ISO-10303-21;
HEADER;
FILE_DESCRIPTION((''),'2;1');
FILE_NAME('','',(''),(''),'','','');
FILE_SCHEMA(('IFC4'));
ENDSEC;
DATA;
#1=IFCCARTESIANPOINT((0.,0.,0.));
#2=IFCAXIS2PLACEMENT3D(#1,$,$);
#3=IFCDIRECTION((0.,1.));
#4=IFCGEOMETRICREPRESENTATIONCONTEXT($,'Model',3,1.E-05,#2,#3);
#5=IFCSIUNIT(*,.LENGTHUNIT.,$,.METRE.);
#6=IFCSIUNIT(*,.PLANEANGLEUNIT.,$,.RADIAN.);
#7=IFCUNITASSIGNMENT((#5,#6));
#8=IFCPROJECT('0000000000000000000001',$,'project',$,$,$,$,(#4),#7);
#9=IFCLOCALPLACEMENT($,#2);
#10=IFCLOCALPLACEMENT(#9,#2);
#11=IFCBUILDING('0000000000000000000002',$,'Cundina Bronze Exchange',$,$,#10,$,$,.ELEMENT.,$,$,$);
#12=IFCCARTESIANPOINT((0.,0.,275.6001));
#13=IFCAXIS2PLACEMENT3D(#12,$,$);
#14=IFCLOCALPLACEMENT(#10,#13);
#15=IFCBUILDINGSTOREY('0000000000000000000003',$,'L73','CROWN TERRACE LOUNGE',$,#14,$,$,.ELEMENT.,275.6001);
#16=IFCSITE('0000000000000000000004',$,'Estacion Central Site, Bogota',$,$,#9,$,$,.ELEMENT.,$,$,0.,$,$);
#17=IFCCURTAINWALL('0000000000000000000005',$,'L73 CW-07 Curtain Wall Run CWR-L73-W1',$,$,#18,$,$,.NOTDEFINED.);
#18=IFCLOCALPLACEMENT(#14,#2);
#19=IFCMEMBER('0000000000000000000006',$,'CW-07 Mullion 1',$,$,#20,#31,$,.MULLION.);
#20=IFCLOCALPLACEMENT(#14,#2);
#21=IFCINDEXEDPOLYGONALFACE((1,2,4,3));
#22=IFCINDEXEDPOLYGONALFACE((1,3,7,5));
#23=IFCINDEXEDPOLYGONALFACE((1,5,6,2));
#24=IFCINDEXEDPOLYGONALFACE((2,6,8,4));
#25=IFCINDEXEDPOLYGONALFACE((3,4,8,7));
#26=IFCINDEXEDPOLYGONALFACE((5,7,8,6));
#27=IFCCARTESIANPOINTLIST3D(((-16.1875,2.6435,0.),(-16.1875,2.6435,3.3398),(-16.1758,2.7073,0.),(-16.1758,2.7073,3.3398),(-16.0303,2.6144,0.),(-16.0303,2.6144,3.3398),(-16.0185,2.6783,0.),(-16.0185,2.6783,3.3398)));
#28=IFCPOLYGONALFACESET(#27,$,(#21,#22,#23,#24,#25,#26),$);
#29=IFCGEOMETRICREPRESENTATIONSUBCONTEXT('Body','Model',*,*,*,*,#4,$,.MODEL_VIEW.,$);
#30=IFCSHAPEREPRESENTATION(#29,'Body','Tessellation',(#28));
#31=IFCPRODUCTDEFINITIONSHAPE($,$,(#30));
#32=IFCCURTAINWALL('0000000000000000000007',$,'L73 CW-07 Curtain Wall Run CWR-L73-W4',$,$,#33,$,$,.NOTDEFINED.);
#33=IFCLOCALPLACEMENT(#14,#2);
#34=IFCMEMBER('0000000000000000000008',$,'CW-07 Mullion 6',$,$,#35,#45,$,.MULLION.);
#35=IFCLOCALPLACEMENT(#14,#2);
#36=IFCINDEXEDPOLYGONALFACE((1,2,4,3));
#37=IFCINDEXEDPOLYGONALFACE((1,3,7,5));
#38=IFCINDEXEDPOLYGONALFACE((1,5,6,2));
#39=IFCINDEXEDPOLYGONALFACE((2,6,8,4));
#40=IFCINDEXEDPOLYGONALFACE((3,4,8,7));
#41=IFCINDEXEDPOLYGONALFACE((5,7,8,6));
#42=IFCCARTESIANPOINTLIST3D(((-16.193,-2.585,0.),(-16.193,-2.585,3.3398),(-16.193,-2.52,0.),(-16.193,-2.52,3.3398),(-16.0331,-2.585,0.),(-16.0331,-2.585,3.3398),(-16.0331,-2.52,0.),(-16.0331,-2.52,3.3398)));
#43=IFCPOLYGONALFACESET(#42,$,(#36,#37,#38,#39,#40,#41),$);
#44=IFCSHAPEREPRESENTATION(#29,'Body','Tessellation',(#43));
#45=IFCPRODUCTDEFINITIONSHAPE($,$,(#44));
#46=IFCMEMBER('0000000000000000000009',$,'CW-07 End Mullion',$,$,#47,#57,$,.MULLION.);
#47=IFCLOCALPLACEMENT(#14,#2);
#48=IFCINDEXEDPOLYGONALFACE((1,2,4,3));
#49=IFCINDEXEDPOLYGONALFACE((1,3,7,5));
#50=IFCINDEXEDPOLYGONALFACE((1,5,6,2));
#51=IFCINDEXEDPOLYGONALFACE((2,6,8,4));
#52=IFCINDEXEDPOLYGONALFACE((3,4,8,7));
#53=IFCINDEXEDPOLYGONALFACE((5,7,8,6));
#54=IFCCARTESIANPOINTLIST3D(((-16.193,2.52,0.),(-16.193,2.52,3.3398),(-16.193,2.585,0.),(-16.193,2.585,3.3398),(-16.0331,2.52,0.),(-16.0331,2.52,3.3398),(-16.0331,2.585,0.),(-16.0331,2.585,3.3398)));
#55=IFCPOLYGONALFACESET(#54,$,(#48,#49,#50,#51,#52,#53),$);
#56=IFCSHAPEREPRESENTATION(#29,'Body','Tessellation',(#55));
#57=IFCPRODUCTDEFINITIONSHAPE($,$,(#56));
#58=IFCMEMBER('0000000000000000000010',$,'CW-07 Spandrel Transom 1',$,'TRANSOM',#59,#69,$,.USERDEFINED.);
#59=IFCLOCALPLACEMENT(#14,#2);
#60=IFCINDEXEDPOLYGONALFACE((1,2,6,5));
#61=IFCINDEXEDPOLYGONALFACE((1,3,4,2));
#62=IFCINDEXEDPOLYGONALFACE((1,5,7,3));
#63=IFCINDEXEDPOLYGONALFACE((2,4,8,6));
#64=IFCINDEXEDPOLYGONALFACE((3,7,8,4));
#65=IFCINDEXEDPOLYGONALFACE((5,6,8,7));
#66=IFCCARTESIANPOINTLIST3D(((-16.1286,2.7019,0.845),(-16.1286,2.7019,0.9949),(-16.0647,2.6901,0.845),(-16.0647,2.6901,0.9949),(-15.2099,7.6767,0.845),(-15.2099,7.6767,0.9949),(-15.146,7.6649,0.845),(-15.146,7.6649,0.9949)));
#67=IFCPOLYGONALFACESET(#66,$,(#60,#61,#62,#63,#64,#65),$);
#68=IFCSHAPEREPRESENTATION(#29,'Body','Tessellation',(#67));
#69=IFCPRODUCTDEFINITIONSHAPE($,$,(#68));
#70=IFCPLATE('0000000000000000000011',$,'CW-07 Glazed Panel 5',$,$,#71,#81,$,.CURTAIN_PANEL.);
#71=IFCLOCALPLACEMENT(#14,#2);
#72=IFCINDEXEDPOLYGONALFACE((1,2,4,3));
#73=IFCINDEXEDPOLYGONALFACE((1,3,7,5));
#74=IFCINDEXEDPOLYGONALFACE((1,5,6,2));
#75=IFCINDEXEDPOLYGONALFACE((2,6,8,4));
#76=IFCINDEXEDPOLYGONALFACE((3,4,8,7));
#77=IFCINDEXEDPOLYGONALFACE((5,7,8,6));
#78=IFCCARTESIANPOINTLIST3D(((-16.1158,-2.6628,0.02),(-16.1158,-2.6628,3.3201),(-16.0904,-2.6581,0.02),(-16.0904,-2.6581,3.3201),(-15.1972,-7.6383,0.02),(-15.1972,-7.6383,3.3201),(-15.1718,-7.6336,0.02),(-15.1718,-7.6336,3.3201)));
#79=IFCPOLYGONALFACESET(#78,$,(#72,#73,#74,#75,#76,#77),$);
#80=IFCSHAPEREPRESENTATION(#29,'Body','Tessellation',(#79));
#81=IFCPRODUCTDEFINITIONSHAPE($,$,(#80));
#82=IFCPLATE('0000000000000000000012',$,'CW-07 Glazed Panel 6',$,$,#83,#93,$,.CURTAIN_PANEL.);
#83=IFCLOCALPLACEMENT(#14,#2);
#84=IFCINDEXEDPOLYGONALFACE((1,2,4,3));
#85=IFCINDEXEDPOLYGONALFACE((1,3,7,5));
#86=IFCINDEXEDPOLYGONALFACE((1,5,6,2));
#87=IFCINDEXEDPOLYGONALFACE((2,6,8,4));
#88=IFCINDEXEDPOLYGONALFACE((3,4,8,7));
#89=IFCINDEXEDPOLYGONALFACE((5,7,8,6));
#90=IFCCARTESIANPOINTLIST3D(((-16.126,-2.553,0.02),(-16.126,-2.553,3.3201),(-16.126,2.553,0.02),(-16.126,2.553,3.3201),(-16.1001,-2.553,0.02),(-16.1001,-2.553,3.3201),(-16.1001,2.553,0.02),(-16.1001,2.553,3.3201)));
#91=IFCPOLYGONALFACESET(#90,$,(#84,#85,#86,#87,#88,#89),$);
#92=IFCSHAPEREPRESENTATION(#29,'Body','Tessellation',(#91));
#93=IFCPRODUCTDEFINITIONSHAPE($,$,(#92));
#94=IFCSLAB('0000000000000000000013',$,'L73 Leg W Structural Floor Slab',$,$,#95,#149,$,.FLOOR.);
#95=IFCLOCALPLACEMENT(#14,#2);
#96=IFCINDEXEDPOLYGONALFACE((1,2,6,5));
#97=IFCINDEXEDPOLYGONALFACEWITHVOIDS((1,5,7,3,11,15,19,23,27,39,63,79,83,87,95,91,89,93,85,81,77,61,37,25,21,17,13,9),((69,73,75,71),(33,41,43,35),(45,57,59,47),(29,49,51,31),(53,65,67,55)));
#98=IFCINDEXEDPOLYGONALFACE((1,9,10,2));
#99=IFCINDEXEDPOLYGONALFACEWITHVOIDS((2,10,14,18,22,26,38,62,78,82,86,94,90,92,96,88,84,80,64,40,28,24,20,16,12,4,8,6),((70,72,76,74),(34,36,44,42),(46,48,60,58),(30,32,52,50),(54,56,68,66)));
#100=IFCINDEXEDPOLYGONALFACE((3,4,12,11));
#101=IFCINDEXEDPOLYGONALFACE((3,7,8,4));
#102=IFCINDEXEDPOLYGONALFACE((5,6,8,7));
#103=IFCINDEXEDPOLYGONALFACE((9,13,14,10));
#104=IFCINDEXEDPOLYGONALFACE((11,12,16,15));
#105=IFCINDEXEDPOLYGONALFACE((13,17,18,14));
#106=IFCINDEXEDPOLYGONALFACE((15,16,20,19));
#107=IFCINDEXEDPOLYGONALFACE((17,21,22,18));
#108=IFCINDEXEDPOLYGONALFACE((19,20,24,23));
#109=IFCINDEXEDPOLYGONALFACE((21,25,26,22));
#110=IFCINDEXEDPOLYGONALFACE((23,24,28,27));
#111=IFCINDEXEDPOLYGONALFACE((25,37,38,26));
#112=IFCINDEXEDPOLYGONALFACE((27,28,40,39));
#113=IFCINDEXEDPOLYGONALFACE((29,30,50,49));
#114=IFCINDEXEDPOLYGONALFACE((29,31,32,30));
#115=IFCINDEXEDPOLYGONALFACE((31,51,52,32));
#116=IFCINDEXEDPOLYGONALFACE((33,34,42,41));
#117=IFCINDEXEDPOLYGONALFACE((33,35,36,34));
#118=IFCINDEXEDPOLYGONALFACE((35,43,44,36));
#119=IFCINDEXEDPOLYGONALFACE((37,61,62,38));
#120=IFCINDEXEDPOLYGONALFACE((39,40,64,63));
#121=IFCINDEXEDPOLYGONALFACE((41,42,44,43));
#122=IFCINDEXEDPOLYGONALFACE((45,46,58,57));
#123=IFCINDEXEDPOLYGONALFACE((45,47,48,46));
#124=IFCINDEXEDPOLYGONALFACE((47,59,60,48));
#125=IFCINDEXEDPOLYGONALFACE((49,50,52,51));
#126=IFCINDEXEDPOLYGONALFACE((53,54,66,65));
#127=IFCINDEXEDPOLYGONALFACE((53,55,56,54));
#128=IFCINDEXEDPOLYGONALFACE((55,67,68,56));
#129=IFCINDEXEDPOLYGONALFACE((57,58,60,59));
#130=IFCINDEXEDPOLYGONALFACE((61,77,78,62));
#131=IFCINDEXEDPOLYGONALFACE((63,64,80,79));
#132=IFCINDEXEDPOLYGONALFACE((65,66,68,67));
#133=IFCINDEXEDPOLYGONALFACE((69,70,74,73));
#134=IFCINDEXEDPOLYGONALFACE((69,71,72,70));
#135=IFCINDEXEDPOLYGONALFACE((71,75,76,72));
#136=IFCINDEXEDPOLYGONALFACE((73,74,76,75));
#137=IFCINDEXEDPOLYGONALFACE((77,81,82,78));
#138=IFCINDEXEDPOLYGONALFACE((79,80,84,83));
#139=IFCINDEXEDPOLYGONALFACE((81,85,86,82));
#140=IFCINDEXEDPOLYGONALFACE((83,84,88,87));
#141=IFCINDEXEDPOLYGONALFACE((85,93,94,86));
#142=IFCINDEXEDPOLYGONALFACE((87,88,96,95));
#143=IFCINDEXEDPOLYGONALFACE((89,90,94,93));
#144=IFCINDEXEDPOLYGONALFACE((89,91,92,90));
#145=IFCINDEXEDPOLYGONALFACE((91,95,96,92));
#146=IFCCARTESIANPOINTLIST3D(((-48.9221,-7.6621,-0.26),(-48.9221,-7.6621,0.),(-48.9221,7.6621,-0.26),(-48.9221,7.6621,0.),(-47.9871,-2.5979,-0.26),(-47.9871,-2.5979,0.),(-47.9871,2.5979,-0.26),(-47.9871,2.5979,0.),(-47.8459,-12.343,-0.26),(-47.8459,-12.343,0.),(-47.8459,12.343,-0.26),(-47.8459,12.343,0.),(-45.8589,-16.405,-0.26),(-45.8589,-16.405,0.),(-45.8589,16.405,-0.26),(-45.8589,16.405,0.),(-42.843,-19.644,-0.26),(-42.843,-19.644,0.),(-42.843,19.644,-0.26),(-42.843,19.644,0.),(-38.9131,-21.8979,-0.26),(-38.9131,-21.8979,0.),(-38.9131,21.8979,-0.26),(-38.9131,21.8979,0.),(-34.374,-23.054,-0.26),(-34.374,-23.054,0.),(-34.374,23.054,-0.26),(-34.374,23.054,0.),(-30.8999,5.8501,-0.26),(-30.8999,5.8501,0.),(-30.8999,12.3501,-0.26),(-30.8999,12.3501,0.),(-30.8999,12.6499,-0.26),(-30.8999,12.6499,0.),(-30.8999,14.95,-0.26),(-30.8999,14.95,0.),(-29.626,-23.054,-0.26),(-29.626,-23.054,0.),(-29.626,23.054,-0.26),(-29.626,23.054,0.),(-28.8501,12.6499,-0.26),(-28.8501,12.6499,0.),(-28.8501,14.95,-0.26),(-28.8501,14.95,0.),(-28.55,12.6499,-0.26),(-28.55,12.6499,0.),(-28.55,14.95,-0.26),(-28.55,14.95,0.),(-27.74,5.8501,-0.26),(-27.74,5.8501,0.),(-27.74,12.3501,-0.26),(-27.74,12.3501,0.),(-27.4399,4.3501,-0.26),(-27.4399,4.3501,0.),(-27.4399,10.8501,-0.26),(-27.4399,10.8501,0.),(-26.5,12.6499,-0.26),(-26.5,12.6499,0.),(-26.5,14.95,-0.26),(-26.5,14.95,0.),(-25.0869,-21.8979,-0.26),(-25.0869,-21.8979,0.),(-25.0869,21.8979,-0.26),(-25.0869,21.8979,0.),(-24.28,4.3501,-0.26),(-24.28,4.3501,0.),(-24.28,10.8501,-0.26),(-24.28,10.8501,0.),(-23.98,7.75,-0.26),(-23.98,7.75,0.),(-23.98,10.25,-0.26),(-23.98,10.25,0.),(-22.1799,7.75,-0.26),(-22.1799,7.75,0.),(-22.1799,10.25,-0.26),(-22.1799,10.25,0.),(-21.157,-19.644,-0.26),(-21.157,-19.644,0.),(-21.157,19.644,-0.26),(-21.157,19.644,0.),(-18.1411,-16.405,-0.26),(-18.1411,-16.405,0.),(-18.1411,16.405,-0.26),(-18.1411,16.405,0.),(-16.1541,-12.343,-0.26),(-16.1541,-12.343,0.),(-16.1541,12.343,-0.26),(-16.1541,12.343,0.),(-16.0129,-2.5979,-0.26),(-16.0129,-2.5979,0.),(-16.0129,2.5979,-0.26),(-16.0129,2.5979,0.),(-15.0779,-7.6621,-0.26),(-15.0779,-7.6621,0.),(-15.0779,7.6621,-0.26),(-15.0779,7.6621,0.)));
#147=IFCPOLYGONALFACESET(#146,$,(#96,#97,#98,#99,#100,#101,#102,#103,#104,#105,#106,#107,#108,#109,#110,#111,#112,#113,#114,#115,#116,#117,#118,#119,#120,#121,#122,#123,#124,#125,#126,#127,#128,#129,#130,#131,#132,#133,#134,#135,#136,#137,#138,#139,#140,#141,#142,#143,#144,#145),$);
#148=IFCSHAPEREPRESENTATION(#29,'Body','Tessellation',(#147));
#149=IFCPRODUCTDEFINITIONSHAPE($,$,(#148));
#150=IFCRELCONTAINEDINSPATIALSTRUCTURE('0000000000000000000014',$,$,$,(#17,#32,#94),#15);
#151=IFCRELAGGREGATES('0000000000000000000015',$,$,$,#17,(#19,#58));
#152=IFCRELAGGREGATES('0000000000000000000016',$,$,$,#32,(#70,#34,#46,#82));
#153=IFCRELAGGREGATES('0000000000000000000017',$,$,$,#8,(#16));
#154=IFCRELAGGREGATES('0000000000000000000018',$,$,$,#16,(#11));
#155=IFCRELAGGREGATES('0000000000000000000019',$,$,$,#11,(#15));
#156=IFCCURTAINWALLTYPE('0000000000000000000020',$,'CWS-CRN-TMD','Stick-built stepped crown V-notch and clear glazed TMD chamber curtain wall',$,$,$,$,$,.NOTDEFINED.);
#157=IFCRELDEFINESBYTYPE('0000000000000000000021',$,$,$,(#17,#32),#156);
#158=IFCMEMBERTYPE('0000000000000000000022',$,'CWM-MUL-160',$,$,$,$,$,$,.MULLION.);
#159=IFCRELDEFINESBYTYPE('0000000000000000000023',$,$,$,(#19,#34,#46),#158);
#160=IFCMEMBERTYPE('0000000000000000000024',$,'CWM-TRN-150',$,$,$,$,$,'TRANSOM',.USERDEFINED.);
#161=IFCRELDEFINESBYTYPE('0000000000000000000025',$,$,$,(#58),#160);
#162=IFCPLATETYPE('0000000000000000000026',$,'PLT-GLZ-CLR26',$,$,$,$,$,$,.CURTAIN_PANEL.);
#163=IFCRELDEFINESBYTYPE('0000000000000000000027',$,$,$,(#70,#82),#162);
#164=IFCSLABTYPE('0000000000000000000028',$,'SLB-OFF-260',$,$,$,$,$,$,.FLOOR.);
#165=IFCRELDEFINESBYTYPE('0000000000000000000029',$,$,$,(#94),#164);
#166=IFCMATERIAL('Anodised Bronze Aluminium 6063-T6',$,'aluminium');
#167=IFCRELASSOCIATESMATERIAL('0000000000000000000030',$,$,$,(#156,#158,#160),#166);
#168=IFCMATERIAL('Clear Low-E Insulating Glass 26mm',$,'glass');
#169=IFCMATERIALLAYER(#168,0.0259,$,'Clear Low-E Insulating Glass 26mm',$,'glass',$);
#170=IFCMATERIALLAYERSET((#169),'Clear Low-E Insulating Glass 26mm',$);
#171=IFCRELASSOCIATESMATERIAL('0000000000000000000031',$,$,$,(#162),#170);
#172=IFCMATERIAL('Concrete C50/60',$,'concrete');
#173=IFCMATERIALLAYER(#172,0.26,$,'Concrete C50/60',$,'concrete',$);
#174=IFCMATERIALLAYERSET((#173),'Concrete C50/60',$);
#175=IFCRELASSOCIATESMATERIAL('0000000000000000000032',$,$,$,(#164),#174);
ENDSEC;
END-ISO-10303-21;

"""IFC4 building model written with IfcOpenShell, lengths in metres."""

from ifc_helpers import new_model, si_unit, direction, frame, origin, origin_2d, place, context, subcontext, project, spatial, polyline, rectangle, outline, extrude, material, layer, layer_set, material_profile, profile_set, type_object, element, aggregate, save


model = new_model("IFC4")

# Units and contexts
model_context = context("Model", 3, precision=1e-05, world=origin(), true_north=direction((0.0, 1.0)))
body_context = subcontext(model_context, "Body", "Model", "MODEL_VIEW")
ifc_project = project(units=[si_unit("LENGTHUNIT", "METRE"), si_unit("PLANEANGLEUNIT", "RADIAN")], contexts=[model_context])

# Site, building, storey
site_placement = place(None, origin())
site = spatial("IfcSite", under=ifc_project, at=site_placement, Name="Estacion Central Site, Bogota", CompositionType="ELEMENT", RefElevation=0.0)
building_placement = place(site_placement, origin())
building = spatial("IfcBuilding", under=site, at=building_placement, Name="Cundina Bronze Exchange", CompositionType="ELEMENT")
storey_placement = place(building_placement, frame((0.0, 0.0, 275.6001)))
storey = spatial("IfcBuildingStorey", under=building, at=storey_placement, Name="L73", Description="CROWN TERRACE LOUNGE", CompositionType="ELEMENT", Elevation=275.6001)

# Curtain wall, member
ifc_material_1 = material(Name="Anodised Bronze Aluminium 6063-T6", Category="aluminium")
curtain_wall_type = type_object("IfcCurtainWallType", Name="CWS-CRN-TMD", Description="Stick-built stepped crown V-notch and clear glazed TMD chamber curtain wall", PredefinedType="NOTDEFINED", material=ifc_material_1)
curtain_wall_1_placement = place(storey_placement, origin())
curtain_wall_1 = element("IfcCurtainWall", 1, at=curtain_wall_1_placement, inside=storey, type_object=curtain_wall_type, Name="L73 CW-07 Curtain Wall Run CWR-L73-W1", PredefinedType="NOTDEFINED")
ifc_material_profile_1 = material_profile(ifc_material_1, rectangle(XDim=0.0649, YDim=0.1599, at=origin_2d()), Name="AL65X160", Category="aluminium")
ifc_profile_set_1 = profile_set([ifc_material_profile_1], Name="Anodised Bronze Aluminium 6063-T6")
member_type_1 = type_object("IfcMemberType", Name="CWM-MUL-160", PredefinedType="MULLION", material=ifc_profile_set_1)
member_1_placement = place(storey_placement, frame((-16.103, 2.6609, 0.0), z_axis=(0.0, 0.0, 1.0), x_axis=(0.181549, 0.983382, 0.0)))
member_1 = element("IfcMember", 2, at=member_1_placement, type_object=member_type_1, Name="CW-07 Mullion 1", PredefinedType="MULLION", context=body_context, shape_type="SweptSolid", body=[
    extrude(rectangle(XDim=0.0649, YDim=0.1599, at=origin_2d()), origin(), (0.0, 0.0, 1.0), 3.3398),
])

# Curtain wall, members
curtain_wall_2_placement = place(storey_placement, origin())
curtain_wall_2 = element("IfcCurtainWall", 3, at=curtain_wall_2_placement, inside=storey, type_object=curtain_wall_type, Name="L73 CW-07 Curtain Wall Run CWR-L73-W4", PredefinedType="NOTDEFINED")
member_2_placement = place(storey_placement, frame((-16.113, -2.5525, 0.0), z_axis=(0.0, 0.0, 1.0), x_axis=(0.0, 1.0, 0.0)))
member_2 = element("IfcMember", 4, at=member_2_placement, type_object=member_type_1, Name="CW-07 Mullion 6", PredefinedType="MULLION", context=body_context, shape_type="SweptSolid", body=[
    extrude(rectangle(XDim=0.0649, YDim=0.1599, at=origin_2d()), origin(), (0.0, 0.0, 1.0), 3.3398),
])
member_3_placement = place(storey_placement, frame((-16.113, 2.5525, 0.0), z_axis=(0.0, 0.0, 1.0), x_axis=(0.0, 1.0, 0.0)))
member_3 = element("IfcMember", 5, at=member_3_placement, type_object=member_type_1, Name="CW-07 End Mullion", PredefinedType="MULLION", context=body_context, shape_type="SweptSolid", body=[
    extrude(rectangle(XDim=0.0649, YDim=0.1599, at=origin_2d()), origin(), (0.0, 0.0, 1.0), 3.3398),
])

# Member
ifc_material_profile_2 = material_profile(ifc_material_1, rectangle(XDim=0.0649, YDim=0.1499, at=origin_2d()), Name="AL65X150", Category="aluminium")
ifc_profile_set_2 = profile_set([ifc_material_profile_2], Name="Anodised Bronze Aluminium 6063-T6")
member_type_2 = type_object("IfcMemberType", Name="CWM-TRN-150", ElementType="TRANSOM", PredefinedType="USERDEFINED", material=ifc_profile_set_2)
member_4_placement = place(storey_placement, frame((-16.0967, 2.696, 0.9199), z_axis=(0.181607, 0.983371, 0.0), x_axis=(-0.983371, 0.181607, 0.0)))
member_4 = element("IfcMember", 6, at=member_4_placement, type_object=member_type_2, Name="CW-07 Spandrel Transom 1", ObjectType="TRANSOM", PredefinedType="USERDEFINED", context=body_context, shape_type="SweptSolid", body=[
    extrude(rectangle(XDim=0.0649, YDim=0.1499, at=origin_2d()), origin(), (0.0, 0.0, 1.0), 5.0588),
])
aggregate(curtain_wall_1, [member_1, member_4])

# Plates
ifc_material_2 = material(Name="Clear Low-E Insulating Glass 26mm", Category="glass")
ifc_layer_1 = layer(ifc_material_2, 0.0259, Name="Clear Low-E Insulating Glass 26mm", Category="glass")
ifc_layer_set_1 = layer_set([ifc_layer_1], Name="Clear Low-E Insulating Glass 26mm")
plate_type = type_object("IfcPlateType", Name="PLT-GLZ-CLR26", PredefinedType="CURTAIN_PANEL", material=ifc_layer_set_1)
plate_1_placement = place(storey_placement, frame((-15.6438, -5.1482, 0.02), z_axis=(0.0, 0.0, 1.0), x_axis=(-0.181566, 0.983379, 0.0)))
plate_1 = element("IfcPlate", 7, at=plate_1_placement, type_object=plate_type, Name="CW-07 Glazed Panel 5", PredefinedType="CURTAIN_PANEL", context=body_context, shape_type="SweptSolid", body=[
    extrude(rectangle(XDim=5.0596, YDim=0.0259, at=origin_2d()), origin(), (0.0, 0.0, 1.0), 3.3),
])
plate_2_placement = place(storey_placement, frame((-16.113, 0.0, 0.02), z_axis=(0.0, 0.0, 1.0), x_axis=(0.0, 1.0, 0.0)))
plate_2 = element("IfcPlate", 8, at=plate_2_placement, type_object=plate_type, Name="CW-07 Glazed Panel 6", PredefinedType="CURTAIN_PANEL", context=body_context, shape_type="SweptSolid", body=[
    extrude(rectangle(XDim=5.106, YDim=0.0259, at=origin_2d()), origin(), (0.0, 0.0, 1.0), 3.3),
])
aggregate(curtain_wall_2, [plate_1, member_2, member_3, plate_2])

# Slab
ifc_material_3 = material(Name="Concrete C50/60", Category="concrete")
ifc_layer_2 = layer(ifc_material_3, 0.26, Name="Concrete C50/60", Category="concrete")
ifc_layer_set_2 = layer_set([ifc_layer_2], Name="Concrete C50/60")
slab_type_1 = type_object("IfcSlabType", Name="SLB-OFF-260", PredefinedType="FLOOR", material=ifc_layer_set_2)
slab_1_placement = place(storey_placement, frame((0.0, 0.0, -0.26)))
element("IfcSlab", 9, at=slab_1_placement, inside=storey, type_object=slab_type_1, Name="L73 Leg W Structural Floor Slab", PredefinedType="FLOOR", context=body_context, shape_type="SweptSolid", body=[
    extrude(outline(polyline([(-16.0129, 2.5979), (-15.0779, 7.6621), (-16.1541, 12.343), (-18.1411, 16.405), (-21.157, 19.644), (-25.0869, 21.8979), (-29.626, 23.054), (-34.374, 23.054), (-38.9131, 21.8979), (-42.843, 19.644), (-45.8589, 16.405), (-47.8459, 12.343), (-48.9221, 7.6621), (-47.9871, 2.5979), (-47.9871, -2.5979), (-48.9221, -7.6621), (-47.8459, -12.343), (-45.8589, -16.405), (-42.843, -19.644), (-38.9131, -21.8979), (-34.374, -23.054), (-29.626, -23.054), (-25.0869, -21.8979), (-21.157, -19.644), (-18.1411, -16.405), (-16.1541, -12.343), (-15.0779, -7.6621), (-16.0129, -2.5979), (-16.0129, 2.5979)]), holes=[polyline([(-27.74, 5.8501), (-27.74, 12.3501), (-30.8999, 12.3501), (-30.8999, 5.8501), (-27.74, 5.8501)]), polyline([(-27.4399, 10.8501), (-27.4399, 4.3501), (-24.28, 4.3501), (-24.28, 10.8501), (-27.4399, 10.8501)]), polyline([(-23.98, 10.25), (-22.1799, 10.25), (-22.1799, 7.75), (-23.98, 7.75), (-23.98, 10.25)]), polyline([(-30.8999, 14.95), (-28.8501, 14.95), (-28.8501, 12.6499), (-30.8999, 12.6499), (-30.8999, 14.95)]), polyline([(-28.55, 14.95), (-26.5, 14.95), (-26.5, 12.6499), (-28.55, 12.6499), (-28.55, 14.95)])]), origin(), (0.0, 0.0, 1.0), 0.26),
])

save(model, "model.ifc")
